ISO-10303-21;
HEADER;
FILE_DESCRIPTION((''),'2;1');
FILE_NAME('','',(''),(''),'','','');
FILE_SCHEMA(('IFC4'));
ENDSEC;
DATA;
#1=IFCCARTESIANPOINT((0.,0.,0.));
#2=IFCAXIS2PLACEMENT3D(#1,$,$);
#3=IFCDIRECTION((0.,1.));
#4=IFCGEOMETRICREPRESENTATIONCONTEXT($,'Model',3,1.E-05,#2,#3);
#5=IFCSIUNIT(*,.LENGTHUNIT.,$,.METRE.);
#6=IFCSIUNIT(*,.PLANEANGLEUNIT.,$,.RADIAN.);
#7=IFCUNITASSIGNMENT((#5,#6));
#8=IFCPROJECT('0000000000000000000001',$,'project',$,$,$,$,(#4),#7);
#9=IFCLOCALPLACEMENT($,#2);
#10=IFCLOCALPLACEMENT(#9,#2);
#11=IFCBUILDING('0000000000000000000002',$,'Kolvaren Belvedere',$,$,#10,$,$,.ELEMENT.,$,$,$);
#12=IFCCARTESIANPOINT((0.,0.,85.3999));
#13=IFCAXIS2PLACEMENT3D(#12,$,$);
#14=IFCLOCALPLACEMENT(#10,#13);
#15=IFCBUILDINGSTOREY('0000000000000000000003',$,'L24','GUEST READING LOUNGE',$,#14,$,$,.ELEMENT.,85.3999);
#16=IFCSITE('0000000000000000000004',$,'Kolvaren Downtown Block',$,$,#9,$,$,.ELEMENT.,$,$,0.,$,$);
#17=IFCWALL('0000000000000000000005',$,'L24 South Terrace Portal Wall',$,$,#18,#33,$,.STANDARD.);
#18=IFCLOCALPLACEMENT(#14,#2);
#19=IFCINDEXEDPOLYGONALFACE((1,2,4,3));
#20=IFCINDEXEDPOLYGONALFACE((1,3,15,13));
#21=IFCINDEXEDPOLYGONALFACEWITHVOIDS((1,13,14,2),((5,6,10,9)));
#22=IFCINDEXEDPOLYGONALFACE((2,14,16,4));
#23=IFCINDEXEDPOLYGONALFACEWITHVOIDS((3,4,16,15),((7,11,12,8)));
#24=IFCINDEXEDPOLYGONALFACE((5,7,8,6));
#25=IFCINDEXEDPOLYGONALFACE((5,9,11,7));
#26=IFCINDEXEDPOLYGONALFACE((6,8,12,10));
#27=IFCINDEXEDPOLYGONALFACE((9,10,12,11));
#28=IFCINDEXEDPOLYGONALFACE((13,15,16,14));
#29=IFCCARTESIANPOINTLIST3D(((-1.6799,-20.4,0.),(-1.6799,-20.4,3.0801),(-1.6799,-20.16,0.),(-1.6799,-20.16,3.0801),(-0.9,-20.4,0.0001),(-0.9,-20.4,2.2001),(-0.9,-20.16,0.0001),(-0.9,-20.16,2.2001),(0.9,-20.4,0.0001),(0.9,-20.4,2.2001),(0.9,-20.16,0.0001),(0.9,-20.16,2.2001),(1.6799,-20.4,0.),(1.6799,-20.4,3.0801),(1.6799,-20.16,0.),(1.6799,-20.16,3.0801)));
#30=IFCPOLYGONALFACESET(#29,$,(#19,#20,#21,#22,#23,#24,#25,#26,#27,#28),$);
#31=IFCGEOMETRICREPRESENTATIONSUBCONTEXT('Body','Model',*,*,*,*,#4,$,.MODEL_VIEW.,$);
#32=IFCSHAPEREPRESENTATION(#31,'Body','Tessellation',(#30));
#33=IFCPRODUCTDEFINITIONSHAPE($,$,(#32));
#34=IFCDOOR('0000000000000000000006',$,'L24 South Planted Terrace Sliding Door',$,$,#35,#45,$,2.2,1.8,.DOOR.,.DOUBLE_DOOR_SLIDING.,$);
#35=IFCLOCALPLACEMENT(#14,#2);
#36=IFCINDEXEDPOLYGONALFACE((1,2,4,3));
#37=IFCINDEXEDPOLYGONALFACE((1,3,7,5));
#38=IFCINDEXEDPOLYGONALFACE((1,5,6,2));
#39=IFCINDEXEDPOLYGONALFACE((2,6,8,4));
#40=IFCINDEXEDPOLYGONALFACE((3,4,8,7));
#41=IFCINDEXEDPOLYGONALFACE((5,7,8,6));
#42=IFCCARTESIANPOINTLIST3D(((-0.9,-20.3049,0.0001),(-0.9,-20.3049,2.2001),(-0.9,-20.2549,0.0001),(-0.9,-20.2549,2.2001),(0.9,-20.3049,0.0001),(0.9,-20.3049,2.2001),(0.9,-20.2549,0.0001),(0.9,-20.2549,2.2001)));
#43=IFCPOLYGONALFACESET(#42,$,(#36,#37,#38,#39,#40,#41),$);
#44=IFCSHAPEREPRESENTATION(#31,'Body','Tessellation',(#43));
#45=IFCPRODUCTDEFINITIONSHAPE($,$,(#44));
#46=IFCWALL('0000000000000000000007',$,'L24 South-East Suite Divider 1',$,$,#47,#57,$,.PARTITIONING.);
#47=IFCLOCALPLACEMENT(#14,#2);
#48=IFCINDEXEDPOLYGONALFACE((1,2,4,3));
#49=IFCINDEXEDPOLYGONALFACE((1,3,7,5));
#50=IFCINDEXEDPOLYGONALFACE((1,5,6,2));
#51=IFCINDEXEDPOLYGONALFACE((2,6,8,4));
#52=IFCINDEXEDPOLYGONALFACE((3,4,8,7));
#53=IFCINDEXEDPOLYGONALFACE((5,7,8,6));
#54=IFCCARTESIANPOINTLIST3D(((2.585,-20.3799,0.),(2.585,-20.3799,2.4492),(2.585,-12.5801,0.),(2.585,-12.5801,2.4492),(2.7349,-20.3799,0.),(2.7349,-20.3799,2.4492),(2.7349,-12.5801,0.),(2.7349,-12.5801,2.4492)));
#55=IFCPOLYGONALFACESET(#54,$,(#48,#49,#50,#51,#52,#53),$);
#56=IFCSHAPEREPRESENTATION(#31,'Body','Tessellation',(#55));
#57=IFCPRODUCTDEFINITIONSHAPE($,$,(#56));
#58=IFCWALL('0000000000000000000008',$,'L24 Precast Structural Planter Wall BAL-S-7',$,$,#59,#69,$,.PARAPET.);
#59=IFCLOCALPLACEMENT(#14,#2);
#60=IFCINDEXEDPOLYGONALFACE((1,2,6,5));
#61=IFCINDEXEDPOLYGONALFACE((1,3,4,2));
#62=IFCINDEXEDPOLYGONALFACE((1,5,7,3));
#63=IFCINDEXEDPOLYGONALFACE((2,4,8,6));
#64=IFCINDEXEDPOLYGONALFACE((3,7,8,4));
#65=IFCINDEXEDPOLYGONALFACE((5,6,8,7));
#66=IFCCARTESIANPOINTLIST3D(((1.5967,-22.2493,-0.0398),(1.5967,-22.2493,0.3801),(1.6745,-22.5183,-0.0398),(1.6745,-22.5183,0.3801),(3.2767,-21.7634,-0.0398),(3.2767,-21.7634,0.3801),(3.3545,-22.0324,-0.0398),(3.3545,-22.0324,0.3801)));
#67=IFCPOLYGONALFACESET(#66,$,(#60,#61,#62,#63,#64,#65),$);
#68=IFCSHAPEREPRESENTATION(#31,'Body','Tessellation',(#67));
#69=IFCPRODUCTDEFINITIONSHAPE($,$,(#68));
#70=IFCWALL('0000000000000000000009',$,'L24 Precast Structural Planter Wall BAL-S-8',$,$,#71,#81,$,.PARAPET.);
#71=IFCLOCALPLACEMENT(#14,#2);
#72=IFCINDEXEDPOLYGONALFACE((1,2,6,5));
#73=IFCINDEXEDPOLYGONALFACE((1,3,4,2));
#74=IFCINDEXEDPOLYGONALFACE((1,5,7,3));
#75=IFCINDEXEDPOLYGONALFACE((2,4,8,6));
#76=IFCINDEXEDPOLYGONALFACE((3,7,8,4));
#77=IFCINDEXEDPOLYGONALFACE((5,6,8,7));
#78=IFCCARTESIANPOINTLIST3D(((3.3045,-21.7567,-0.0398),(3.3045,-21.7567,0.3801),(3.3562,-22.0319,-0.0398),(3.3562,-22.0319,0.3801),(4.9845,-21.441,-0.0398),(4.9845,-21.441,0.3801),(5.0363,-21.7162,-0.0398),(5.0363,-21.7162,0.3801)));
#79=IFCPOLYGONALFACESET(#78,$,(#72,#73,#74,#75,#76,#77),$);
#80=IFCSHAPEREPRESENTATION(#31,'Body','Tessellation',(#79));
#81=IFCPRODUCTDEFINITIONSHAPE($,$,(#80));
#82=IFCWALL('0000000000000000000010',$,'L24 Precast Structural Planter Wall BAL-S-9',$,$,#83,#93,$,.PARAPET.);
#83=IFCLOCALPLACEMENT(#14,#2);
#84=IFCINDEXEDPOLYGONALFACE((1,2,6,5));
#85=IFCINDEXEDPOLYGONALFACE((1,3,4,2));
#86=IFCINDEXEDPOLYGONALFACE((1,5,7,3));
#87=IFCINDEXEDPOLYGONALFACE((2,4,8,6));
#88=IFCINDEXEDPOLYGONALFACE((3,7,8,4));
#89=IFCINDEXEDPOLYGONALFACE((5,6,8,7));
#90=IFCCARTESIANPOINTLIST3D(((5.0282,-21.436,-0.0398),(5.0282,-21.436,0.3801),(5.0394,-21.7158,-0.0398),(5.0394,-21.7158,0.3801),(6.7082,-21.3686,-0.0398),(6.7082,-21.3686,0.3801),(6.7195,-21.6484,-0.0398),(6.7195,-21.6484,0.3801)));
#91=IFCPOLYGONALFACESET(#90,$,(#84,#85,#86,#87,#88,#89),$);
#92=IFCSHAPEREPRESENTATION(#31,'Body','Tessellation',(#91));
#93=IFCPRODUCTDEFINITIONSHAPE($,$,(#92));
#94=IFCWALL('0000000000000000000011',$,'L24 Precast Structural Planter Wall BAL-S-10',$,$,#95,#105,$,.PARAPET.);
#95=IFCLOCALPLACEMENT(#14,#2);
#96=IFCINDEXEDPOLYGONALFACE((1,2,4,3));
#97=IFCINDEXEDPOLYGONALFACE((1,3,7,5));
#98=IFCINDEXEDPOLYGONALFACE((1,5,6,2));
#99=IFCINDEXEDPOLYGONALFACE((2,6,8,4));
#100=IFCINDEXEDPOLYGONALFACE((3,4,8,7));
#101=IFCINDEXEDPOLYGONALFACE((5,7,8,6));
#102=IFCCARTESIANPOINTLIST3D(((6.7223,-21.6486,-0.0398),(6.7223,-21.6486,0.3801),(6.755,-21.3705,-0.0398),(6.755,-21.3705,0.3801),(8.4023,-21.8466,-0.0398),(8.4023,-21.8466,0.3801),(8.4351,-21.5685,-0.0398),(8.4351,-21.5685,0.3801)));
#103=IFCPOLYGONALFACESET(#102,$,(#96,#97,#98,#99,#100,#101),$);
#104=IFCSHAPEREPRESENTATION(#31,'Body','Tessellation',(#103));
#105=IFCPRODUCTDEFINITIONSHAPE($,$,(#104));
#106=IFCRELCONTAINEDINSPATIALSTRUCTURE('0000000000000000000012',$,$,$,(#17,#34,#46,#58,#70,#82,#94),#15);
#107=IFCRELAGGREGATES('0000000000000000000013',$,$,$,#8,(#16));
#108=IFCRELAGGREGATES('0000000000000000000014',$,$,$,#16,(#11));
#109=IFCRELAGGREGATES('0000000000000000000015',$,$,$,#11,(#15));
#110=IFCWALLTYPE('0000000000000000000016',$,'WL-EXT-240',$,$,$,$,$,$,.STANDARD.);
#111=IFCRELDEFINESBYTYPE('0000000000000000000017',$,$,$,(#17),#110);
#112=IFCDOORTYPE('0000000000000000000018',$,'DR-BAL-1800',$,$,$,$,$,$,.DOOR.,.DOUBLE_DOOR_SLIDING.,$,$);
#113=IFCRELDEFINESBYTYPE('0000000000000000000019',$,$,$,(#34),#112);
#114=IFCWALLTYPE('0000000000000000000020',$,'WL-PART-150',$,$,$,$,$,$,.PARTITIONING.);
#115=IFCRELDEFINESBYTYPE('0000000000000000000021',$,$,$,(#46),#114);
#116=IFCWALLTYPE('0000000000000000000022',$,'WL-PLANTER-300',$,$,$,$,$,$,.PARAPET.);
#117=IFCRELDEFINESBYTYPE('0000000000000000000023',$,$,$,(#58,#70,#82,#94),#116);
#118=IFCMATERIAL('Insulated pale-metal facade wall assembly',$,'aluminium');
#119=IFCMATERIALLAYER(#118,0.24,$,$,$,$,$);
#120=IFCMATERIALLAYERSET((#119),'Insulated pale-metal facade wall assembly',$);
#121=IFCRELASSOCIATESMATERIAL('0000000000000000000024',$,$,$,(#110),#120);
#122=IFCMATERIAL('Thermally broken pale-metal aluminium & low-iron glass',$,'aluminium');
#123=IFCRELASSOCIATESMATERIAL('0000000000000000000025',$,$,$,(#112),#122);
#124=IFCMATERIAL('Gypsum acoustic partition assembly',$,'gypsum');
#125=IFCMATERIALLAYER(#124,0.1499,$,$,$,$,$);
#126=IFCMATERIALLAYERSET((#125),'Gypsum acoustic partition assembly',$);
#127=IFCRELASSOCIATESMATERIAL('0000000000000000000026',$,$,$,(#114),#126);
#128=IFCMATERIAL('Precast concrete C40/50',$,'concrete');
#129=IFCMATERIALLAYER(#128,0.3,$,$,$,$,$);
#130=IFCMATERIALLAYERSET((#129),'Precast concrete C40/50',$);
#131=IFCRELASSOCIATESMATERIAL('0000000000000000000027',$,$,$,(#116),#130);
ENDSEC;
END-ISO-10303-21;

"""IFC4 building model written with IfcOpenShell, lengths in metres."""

from ifc_helpers import new_model, si_unit, direction, frame, frame_2d, origin, place, context, subcontext, project, spatial, rectangle, extrude, material, layer, layer_set, type_object, element, fill, save


model = new_model("IFC4")

# Units and contexts
model_context = context("Model", 3, precision=1e-05, world=origin(), true_north=direction((0.0, 1.0)))
body_context = subcontext(model_context, "Body", "Model", "MODEL_VIEW")
ifc_project = project(units=[si_unit("LENGTHUNIT", "METRE"), si_unit("PLANEANGLEUNIT", "RADIAN")], contexts=[model_context])

# Site, building, storey
site_placement = place(None, origin())
site = spatial("IfcSite", under=ifc_project, at=site_placement, Name="Kolvaren Downtown Block", CompositionType="ELEMENT", RefElevation=0.0)
building_placement = place(site_placement, origin())
building = spatial("IfcBuilding", under=site, at=building_placement, Name="Kolvaren Belvedere", CompositionType="ELEMENT")
storey_placement = place(building_placement, frame((0.0, 0.0, 85.3999)))
storey = spatial("IfcBuildingStorey", under=building, at=storey_placement, Name="L24", Description="GUEST READING LOUNGE", CompositionType="ELEMENT", Elevation=85.3999)

# Wall, opening, door
ifc_material_1 = material(Name="Insulated pale-metal facade wall assembly", Category="aluminium")
ifc_layer_1 = layer(ifc_material_1, 0.24)
ifc_layer_set_1 = layer_set([ifc_layer_1], Name="Insulated pale-metal facade wall assembly")
wall_type_1 = type_object("IfcWallType", Name="WL-EXT-240", PredefinedType="STANDARD", material=ifc_layer_set_1)
wall_1_placement = place(storey_placement, frame((1.6799, -20.28, 0.0), z_axis=(0.0, 0.0, 1.0), x_axis=(-1.0, 0.0, 0.0)))
wall_1 = element("IfcWall", 1, at=wall_1_placement, inside=storey, type_object=wall_type_1, Name="L24 South Terrace Portal Wall", PredefinedType="STANDARD", context=body_context, shape_type="SweptSolid", body=[
    extrude(rectangle(XDim=3.3599, YDim=0.24, at=frame_2d((1.6799, 0.0))), origin(), (0.0, 0.0, 1.0), 3.0801),
])
opening_1_placement = place(wall_1_placement, frame((0.78, 0.0, 0.0)))
opening_1 = element("IfcOpeningElement", 2, at=opening_1_placement, cuts=wall_1, PredefinedType="OPENING", context=body_context, shape_type="SweptSolid", body=[
    extrude(rectangle(XDim=1.8, YDim=2.2, at=frame_2d((0.8999, 1.1001))), frame((0.0, 0.1299, 0.0), z_axis=(0.0, -1.0, 0.0), x_axis=(1.0, 0.0, 0.0)), (0.0, 0.0, 1.0), 0.26),
])
ifc_material_2 = material(Name="Thermally broken pale-metal aluminium & low-iron glass", Category="aluminium")
door_type_1 = type_object("IfcDoorType", Name="DR-BAL-1800", OperationType="DOUBLE_DOOR_SLIDING", PredefinedType="DOOR", material=ifc_material_2)
door_1_placement = place(opening_1_placement, origin())
door_1 = element("IfcDoor", 3, at=door_1_placement, inside=storey, type_object=door_type_1, Name="L24 South Planted Terrace Sliding Door", OperationType="DOUBLE_DOOR_SLIDING", OverallHeight=2.2, OverallWidth=1.8, PredefinedType="DOOR", context=body_context, shape_type="SweptSolid", body=[
    extrude(rectangle(XDim=1.8, YDim=2.2, at=frame_2d((0.8999, 1.1001))), frame((0.0, 0.0249, 0.0), z_axis=(0.0, -1.0, 0.0), x_axis=(1.0, 0.0, 0.0)), (0.0, 0.0, 1.0), 0.05),
])
fill(opening_1, door_1)

# Walls
ifc_material_3 = material(Name="Gypsum acoustic partition assembly", Category="gypsum")
ifc_layer_2 = layer(ifc_material_3, 0.1499)
ifc_layer_set_2 = layer_set([ifc_layer_2], Name="Gypsum acoustic partition assembly")
wall_type_2 = type_object("IfcWallType", Name="WL-PART-150", PredefinedType="PARTITIONING", material=ifc_layer_set_2)
wall_2_placement = place(storey_placement, frame((2.6599, -20.3799, 0.0), z_axis=(0.0, 0.0, 1.0), x_axis=(0.0, 1.0, 0.0)))
element("IfcWall", 4, at=wall_2_placement, inside=storey, type_object=wall_type_2, Name="L24 South-East Suite Divider 1", PredefinedType="PARTITIONING", context=body_context, shape_type="SweptSolid", body=[
    extrude(rectangle(XDim=7.7998, YDim=0.1499, at=frame_2d((3.8999, 0.0))), origin(), (0.0, 0.0, 1.0), 2.4492),
])
ifc_material_4 = material(Name="Precast concrete C40/50", Category="concrete")
ifc_layer_3 = layer(ifc_material_4, 0.3)
ifc_layer_set_3 = layer_set([ifc_layer_3], Name="Precast concrete C40/50")
wall_type_3 = type_object("IfcWallType", Name="WL-PLANTER-300", PredefinedType="PARAPET", material=ifc_layer_set_3)
wall_3_placement = place(storey_placement, frame((1.6355, -22.3838, -0.0398), z_axis=(0.0, 0.0, 1.0), x_axis=(0.960634, 0.277817, 0.0)))
element("IfcWall", 5, at=wall_3_placement, inside=storey, type_object=wall_type_3, Name="L24 Precast Structural Planter Wall BAL-S-7", PredefinedType="PARAPET", context=body_context, shape_type="SweptSolid", body=[
    extrude(rectangle(XDim=1.7488, YDim=0.28, at=frame_2d((0.8745, 0.0))), origin(), (0.0, 0.0, 1.0), 0.4199),
])
wall_4_placement = place(storey_placement, frame((3.3303, -21.8943, -0.0398), z_axis=(0.0, 0.0, 1.0), x_axis=(0.982804, 0.184651, 0.0)))
element("IfcWall", 6, at=wall_4_placement, inside=storey, type_object=wall_type_3, Name="L24 Precast Structural Planter Wall BAL-S-8", PredefinedType="PARAPET", context=body_context, shape_type="SweptSolid", body=[
    extrude(rectangle(XDim=1.7095, YDim=0.28, at=frame_2d((0.8547, 0.0))), origin(), (0.0, 0.0, 1.0), 0.4199),
])
wall_5_placement = place(storey_placement, frame((5.0337, -21.5759, -0.0398), z_axis=(0.0, 0.0, 1.0), x_axis=(0.999197, 0.040078, 0.0)))
element("IfcWall", 7, at=wall_5_placement, inside=storey, type_object=wall_type_3, Name="L24 Precast Structural Planter Wall BAL-S-9", PredefinedType="PARAPET", context=body_context, shape_type="SweptSolid", body=[
    extrude(rectangle(XDim=1.6814, YDim=0.28, at=frame_2d((0.8408, 0.0))), origin(), (0.0, 0.0, 1.0), 0.4199),
])
wall_6_placement = place(storey_placement, frame((6.7388, -21.5095, -0.0398), z_axis=(0.0, 0.0, 1.0), x_axis=(0.993126, -0.117051, 0.0)))
element("IfcWall", 8, at=wall_6_placement, inside=storey, type_object=wall_type_3, Name="L24 Precast Structural Planter Wall BAL-S-10", PredefinedType="PARAPET", context=body_context, shape_type="SweptSolid", body=[
    extrude(rectangle(XDim=1.6917, YDim=0.28, at=frame_2d((0.8457, 0.0))), origin(), (0.0, 0.0, 1.0), 0.4199),
])

save(model, "model.ifc")
